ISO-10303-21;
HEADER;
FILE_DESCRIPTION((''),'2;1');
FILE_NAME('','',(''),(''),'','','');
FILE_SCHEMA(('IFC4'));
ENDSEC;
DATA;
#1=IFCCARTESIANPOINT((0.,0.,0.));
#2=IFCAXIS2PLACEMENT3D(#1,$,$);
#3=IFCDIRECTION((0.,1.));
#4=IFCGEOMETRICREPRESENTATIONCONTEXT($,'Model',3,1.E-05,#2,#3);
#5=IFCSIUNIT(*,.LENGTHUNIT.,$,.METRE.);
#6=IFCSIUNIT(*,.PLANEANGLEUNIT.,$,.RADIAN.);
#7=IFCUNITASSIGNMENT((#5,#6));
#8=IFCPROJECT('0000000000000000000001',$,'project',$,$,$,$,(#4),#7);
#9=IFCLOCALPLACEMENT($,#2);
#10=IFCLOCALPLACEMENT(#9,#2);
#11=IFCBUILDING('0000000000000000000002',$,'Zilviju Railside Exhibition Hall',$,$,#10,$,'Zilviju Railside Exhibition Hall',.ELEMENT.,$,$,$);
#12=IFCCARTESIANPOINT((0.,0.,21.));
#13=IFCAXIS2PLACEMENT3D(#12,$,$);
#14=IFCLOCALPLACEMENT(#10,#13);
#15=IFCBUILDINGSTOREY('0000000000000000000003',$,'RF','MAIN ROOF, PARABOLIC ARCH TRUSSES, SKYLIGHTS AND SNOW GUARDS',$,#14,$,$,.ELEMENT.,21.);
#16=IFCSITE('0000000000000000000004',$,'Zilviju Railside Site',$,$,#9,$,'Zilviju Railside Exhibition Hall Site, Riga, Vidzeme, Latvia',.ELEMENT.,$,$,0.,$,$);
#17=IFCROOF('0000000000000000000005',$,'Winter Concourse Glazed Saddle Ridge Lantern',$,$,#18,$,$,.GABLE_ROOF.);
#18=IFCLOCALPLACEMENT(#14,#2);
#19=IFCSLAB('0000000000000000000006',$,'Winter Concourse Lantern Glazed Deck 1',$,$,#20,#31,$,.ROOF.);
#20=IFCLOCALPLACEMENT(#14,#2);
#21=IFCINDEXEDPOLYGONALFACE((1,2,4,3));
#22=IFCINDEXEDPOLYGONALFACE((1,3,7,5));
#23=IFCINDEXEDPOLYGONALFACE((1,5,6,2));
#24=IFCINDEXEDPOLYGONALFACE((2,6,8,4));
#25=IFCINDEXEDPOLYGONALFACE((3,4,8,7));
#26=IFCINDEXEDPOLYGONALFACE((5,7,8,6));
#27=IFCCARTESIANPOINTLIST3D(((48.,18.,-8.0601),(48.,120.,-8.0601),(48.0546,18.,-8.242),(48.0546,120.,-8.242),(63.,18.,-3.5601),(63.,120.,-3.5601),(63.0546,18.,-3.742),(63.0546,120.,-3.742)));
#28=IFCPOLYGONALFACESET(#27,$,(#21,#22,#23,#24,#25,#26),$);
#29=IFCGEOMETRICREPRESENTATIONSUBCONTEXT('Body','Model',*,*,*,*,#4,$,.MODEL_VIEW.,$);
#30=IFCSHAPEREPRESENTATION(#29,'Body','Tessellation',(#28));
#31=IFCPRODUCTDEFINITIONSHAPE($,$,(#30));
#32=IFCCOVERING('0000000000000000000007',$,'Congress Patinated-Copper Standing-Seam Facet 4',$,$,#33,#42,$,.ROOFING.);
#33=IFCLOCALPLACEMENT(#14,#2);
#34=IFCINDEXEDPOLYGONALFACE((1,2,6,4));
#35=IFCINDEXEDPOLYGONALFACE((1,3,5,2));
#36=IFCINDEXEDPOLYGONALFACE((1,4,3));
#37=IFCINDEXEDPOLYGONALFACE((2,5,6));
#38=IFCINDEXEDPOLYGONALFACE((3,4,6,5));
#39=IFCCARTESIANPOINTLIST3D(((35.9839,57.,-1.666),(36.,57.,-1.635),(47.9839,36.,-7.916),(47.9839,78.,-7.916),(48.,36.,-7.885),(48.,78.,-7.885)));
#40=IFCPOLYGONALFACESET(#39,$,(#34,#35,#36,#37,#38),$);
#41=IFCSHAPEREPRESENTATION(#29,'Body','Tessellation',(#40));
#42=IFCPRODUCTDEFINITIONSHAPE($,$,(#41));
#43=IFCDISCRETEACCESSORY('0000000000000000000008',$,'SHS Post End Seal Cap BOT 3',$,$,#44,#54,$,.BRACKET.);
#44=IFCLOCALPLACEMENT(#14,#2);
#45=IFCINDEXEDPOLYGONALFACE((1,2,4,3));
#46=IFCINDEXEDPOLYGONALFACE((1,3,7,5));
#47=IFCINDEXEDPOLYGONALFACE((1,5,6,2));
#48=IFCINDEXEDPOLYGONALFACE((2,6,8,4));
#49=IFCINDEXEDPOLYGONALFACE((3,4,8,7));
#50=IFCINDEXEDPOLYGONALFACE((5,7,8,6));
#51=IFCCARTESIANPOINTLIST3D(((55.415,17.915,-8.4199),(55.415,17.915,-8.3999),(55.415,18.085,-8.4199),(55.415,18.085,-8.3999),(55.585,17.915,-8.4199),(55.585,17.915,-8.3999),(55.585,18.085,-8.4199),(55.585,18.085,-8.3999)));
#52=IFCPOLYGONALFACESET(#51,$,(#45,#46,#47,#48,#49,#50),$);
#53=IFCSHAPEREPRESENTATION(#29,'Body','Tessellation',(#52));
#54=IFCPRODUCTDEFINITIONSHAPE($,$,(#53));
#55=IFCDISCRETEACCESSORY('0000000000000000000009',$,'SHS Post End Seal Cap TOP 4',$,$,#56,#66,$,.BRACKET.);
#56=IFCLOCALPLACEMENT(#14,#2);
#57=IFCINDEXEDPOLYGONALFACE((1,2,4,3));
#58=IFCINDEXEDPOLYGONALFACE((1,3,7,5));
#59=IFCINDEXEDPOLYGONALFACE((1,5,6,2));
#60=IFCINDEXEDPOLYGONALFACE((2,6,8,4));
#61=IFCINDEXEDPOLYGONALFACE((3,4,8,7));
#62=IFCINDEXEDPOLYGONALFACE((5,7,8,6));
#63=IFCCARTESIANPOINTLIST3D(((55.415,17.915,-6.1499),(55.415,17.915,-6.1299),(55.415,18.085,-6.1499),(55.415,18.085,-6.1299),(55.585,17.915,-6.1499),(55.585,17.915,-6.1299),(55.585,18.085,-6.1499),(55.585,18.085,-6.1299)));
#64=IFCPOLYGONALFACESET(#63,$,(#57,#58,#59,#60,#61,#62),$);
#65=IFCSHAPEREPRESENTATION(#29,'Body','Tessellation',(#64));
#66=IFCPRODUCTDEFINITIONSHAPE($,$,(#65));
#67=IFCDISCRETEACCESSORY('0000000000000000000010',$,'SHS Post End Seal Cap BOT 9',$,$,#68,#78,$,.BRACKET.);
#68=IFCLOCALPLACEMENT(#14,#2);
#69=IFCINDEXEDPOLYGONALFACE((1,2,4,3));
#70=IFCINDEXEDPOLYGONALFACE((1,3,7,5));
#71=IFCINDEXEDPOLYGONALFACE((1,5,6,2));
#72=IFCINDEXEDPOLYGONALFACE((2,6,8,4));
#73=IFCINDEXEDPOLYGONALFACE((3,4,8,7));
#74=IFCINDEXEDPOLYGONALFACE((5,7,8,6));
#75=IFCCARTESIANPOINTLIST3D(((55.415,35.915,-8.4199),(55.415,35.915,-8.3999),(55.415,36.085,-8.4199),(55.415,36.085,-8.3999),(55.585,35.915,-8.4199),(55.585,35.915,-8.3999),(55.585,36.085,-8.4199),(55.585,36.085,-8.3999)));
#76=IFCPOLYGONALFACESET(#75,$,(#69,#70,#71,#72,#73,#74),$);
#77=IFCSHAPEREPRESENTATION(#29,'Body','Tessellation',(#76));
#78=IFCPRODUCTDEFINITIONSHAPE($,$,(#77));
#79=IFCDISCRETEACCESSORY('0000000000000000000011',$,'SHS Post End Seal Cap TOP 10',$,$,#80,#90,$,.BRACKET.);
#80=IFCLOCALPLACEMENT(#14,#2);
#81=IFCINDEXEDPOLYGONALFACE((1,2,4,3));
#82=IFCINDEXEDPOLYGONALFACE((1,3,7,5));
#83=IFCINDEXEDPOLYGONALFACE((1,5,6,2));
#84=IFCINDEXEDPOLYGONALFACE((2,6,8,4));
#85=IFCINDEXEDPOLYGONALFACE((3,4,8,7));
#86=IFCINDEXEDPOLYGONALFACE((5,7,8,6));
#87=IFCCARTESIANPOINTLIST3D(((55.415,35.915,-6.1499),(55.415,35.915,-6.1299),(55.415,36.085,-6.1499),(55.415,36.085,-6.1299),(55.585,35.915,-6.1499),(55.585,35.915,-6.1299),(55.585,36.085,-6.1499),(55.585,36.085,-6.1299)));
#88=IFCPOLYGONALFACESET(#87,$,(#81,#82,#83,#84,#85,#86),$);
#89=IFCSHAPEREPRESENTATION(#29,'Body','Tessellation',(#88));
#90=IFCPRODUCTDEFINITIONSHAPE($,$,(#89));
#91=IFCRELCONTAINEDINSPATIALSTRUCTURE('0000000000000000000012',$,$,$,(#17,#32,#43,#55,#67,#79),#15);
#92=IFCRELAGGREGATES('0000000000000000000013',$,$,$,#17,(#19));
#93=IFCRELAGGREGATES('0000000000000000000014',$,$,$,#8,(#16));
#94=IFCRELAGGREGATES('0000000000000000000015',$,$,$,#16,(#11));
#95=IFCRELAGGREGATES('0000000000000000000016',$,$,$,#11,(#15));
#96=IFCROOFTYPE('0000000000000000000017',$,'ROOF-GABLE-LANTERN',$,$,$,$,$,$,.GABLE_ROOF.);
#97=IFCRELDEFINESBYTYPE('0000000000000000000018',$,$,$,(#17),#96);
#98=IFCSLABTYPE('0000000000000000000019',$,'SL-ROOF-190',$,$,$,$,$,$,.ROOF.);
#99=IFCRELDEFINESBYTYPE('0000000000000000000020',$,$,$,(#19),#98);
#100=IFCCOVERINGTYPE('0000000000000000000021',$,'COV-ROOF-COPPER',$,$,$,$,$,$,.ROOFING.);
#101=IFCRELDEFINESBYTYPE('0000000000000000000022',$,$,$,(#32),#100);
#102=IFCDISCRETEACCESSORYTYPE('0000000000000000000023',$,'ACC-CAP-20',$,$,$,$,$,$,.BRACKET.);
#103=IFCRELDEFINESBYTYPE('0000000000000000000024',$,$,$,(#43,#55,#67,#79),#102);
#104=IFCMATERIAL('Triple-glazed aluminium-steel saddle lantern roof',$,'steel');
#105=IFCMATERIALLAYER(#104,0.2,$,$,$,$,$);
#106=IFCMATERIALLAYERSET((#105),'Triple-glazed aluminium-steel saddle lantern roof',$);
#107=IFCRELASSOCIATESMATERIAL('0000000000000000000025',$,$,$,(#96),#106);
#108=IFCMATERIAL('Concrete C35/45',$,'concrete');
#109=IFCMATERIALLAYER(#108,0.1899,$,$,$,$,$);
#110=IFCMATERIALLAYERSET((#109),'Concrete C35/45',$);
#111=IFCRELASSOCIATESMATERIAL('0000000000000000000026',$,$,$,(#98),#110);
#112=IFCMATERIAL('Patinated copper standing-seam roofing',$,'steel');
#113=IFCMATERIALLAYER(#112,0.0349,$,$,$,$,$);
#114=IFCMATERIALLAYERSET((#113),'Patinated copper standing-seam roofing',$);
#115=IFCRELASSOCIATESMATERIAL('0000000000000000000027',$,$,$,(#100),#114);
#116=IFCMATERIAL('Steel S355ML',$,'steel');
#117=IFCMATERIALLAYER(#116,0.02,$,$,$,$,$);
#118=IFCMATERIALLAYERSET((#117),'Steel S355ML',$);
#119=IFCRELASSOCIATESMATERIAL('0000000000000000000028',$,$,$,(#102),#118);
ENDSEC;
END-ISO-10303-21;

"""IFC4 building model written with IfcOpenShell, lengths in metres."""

from ifc_helpers import new_model, si_unit, direction, frame, origin, origin_2d, place, context, subcontext, project, spatial, polyline, rectangle, outline, extrude, material, layer, layer_set, type_object, element, aggregate, save


model = new_model("IFC4")

# Units and contexts
model_context = context("Model", 3, precision=1e-05, world=origin(), true_north=direction((0.0, 1.0)))
body_context = subcontext(model_context, "Body", "Model", "MODEL_VIEW")
ifc_project = project(units=[si_unit("LENGTHUNIT", "METRE"), si_unit("PLANEANGLEUNIT", "RADIAN")], contexts=[model_context])

# Site, building, storey
site_placement = place(None, origin())
site = spatial("IfcSite", under=ifc_project, at=site_placement, Name="Zilviju Railside Site", LongName="Zilviju Railside Exhibition Hall Site, Riga, Vidzeme, Latvia", CompositionType="ELEMENT", RefElevation=0.0)
building_placement = place(site_placement, origin())
building = spatial("IfcBuilding", under=site, at=building_placement, Name="Zilviju Railside Exhibition Hall", LongName="Zilviju Railside Exhibition Hall", CompositionType="ELEMENT")
storey_placement = place(building_placement, frame((0.0, 0.0, 21.0)))
storey = spatial("IfcBuildingStorey", under=building, at=storey_placement, Name="RF", Description="MAIN ROOF, PARABOLIC ARCH TRUSSES, SKYLIGHTS AND SNOW GUARDS", CompositionType="ELEMENT", Elevation=21.0)

# Shared definitions
ifc_material_1 = material(Name="Concrete C35/45", Category="concrete")

# Roof, slab
ifc_material_2 = material(Name="Triple-glazed aluminium-steel saddle lantern roof", Category="steel")
ifc_layer_1 = layer(ifc_material_2, 0.2)
ifc_layer_set_1 = layer_set([ifc_layer_1], Name="Triple-glazed aluminium-steel saddle lantern roof")
roof_type_1 = type_object("IfcRoofType", Name="ROOF-GABLE-LANTERN", PredefinedType="GABLE_ROOF", material=ifc_layer_set_1)
roof_1_placement = place(storey_placement, origin())
roof_1 = element("IfcRoof", 1, at=roof_1_placement, inside=storey, type_object=roof_type_1, Name="Winter Concourse Glazed Saddle Ridge Lantern", PredefinedType="GABLE_ROOF")
ifc_layer_2 = layer(ifc_material_1, 0.1899)
ifc_layer_set_2 = layer_set([ifc_layer_2], Name="Concrete C35/45")
slab_type_1 = type_object("IfcSlabType", Name="SL-ROOF-190", PredefinedType="ROOF", material=ifc_layer_set_2)
slab_1_placement = place(storey_placement, frame((48.0, 18.0, -8.0601), z_axis=(-0.287348, 0.0, 0.957826), x_axis=(0.957826, 0.0, 0.287348)))
slab_1 = element("IfcSlab", 2, at=slab_1_placement, type_object=slab_type_1, Name="Winter Concourse Lantern Glazed Deck 1", PredefinedType="ROOF", context=body_context, shape_type="SweptSolid", body=[
    extrude(outline(polyline([(0.0, 0.0), (15.6605, 0.0), (15.6605, 102.0), (0.0, 102.0), (0.0, 0.0)])), origin(), (0.0, 0.0, -1.0), 0.1899),
])
aggregate(roof_1, [slab_1])

# Covering
ifc_material_3 = material(Name="Patinated copper standing-seam roofing", Category="steel")
ifc_layer_3 = layer(ifc_material_3, 0.0349)
ifc_layer_set_3 = layer_set([ifc_layer_3], Name="Patinated copper standing-seam roofing")
covering_type = type_object("IfcCoveringType", Name="COV-ROOF-COPPER", PredefinedType="ROOFING", material=ifc_layer_set_3)
covering_placement = place(storey_placement, frame((48.0, 36.0, -7.885), z_axis=(0.461934, 0.0, 0.886914), x_axis=(0.0, 1.0, 0.0)))
element("IfcCovering", 3, at=covering_placement, inside=storey, type_object=covering_type, Name="Congress Patinated-Copper Standing-Seam Facet 4", PredefinedType="ROOFING", context=body_context, shape_type="SweptSolid", body=[
    extrude(outline(polyline([(0.0, 0.0), (42.0, 0.0), (21.0, 13.5301), (0.0, 0.0)])), origin(), (0.0, 0.0, -1.0), 0.0349),
])

# Discrete accessories
ifc_material_4 = material(Name="Steel S355ML", Category="steel")
ifc_layer_4 = layer(ifc_material_4, 0.02)
ifc_layer_set_4 = layer_set([ifc_layer_4], Name="Steel S355ML")
discrete_accessory_type = type_object("IfcDiscreteAccessoryType", Name="ACC-CAP-20", PredefinedType="BRACKET", material=ifc_layer_set_4)
for number, where, z_axis, x_axis, name in (
    (4, (55.5, 18.0, -8.4199), (0.0, 0.0, 1.0), (1.0, 0.0, 0.0), "SHS Post End Seal Cap BOT 3"),
    (5, (55.5, 18.0, -6.1499), (0.0, 0.0, 1.0), (1.0, 0.0, 0.0), "SHS Post End Seal Cap TOP 4"),
    (6, (55.5, 36.0, -8.4199), (0.0, 0.0, 1.0), (1.0, 0.0, 0.0), "SHS Post End Seal Cap BOT 9"),
    (7, (55.5, 36.0, -6.1499), (0.0, 0.0, 1.0), (1.0, 0.0, 0.0), "SHS Post End Seal Cap TOP 10"),
):
    element("IfcDiscreteAccessory", number, at=place(storey_placement, frame(where, z_axis=z_axis, x_axis=x_axis)), inside=storey, type_object=discrete_accessory_type, Name=name, PredefinedType="BRACKET", context=body_context, shape_type="SweptSolid", body=[
        extrude(rectangle(XDim=0.1699, YDim=0.1699, at=origin_2d()), origin(), (0.0, 0.0, 1.0), 0.02),
    ])

save(model, "model.ifc")
